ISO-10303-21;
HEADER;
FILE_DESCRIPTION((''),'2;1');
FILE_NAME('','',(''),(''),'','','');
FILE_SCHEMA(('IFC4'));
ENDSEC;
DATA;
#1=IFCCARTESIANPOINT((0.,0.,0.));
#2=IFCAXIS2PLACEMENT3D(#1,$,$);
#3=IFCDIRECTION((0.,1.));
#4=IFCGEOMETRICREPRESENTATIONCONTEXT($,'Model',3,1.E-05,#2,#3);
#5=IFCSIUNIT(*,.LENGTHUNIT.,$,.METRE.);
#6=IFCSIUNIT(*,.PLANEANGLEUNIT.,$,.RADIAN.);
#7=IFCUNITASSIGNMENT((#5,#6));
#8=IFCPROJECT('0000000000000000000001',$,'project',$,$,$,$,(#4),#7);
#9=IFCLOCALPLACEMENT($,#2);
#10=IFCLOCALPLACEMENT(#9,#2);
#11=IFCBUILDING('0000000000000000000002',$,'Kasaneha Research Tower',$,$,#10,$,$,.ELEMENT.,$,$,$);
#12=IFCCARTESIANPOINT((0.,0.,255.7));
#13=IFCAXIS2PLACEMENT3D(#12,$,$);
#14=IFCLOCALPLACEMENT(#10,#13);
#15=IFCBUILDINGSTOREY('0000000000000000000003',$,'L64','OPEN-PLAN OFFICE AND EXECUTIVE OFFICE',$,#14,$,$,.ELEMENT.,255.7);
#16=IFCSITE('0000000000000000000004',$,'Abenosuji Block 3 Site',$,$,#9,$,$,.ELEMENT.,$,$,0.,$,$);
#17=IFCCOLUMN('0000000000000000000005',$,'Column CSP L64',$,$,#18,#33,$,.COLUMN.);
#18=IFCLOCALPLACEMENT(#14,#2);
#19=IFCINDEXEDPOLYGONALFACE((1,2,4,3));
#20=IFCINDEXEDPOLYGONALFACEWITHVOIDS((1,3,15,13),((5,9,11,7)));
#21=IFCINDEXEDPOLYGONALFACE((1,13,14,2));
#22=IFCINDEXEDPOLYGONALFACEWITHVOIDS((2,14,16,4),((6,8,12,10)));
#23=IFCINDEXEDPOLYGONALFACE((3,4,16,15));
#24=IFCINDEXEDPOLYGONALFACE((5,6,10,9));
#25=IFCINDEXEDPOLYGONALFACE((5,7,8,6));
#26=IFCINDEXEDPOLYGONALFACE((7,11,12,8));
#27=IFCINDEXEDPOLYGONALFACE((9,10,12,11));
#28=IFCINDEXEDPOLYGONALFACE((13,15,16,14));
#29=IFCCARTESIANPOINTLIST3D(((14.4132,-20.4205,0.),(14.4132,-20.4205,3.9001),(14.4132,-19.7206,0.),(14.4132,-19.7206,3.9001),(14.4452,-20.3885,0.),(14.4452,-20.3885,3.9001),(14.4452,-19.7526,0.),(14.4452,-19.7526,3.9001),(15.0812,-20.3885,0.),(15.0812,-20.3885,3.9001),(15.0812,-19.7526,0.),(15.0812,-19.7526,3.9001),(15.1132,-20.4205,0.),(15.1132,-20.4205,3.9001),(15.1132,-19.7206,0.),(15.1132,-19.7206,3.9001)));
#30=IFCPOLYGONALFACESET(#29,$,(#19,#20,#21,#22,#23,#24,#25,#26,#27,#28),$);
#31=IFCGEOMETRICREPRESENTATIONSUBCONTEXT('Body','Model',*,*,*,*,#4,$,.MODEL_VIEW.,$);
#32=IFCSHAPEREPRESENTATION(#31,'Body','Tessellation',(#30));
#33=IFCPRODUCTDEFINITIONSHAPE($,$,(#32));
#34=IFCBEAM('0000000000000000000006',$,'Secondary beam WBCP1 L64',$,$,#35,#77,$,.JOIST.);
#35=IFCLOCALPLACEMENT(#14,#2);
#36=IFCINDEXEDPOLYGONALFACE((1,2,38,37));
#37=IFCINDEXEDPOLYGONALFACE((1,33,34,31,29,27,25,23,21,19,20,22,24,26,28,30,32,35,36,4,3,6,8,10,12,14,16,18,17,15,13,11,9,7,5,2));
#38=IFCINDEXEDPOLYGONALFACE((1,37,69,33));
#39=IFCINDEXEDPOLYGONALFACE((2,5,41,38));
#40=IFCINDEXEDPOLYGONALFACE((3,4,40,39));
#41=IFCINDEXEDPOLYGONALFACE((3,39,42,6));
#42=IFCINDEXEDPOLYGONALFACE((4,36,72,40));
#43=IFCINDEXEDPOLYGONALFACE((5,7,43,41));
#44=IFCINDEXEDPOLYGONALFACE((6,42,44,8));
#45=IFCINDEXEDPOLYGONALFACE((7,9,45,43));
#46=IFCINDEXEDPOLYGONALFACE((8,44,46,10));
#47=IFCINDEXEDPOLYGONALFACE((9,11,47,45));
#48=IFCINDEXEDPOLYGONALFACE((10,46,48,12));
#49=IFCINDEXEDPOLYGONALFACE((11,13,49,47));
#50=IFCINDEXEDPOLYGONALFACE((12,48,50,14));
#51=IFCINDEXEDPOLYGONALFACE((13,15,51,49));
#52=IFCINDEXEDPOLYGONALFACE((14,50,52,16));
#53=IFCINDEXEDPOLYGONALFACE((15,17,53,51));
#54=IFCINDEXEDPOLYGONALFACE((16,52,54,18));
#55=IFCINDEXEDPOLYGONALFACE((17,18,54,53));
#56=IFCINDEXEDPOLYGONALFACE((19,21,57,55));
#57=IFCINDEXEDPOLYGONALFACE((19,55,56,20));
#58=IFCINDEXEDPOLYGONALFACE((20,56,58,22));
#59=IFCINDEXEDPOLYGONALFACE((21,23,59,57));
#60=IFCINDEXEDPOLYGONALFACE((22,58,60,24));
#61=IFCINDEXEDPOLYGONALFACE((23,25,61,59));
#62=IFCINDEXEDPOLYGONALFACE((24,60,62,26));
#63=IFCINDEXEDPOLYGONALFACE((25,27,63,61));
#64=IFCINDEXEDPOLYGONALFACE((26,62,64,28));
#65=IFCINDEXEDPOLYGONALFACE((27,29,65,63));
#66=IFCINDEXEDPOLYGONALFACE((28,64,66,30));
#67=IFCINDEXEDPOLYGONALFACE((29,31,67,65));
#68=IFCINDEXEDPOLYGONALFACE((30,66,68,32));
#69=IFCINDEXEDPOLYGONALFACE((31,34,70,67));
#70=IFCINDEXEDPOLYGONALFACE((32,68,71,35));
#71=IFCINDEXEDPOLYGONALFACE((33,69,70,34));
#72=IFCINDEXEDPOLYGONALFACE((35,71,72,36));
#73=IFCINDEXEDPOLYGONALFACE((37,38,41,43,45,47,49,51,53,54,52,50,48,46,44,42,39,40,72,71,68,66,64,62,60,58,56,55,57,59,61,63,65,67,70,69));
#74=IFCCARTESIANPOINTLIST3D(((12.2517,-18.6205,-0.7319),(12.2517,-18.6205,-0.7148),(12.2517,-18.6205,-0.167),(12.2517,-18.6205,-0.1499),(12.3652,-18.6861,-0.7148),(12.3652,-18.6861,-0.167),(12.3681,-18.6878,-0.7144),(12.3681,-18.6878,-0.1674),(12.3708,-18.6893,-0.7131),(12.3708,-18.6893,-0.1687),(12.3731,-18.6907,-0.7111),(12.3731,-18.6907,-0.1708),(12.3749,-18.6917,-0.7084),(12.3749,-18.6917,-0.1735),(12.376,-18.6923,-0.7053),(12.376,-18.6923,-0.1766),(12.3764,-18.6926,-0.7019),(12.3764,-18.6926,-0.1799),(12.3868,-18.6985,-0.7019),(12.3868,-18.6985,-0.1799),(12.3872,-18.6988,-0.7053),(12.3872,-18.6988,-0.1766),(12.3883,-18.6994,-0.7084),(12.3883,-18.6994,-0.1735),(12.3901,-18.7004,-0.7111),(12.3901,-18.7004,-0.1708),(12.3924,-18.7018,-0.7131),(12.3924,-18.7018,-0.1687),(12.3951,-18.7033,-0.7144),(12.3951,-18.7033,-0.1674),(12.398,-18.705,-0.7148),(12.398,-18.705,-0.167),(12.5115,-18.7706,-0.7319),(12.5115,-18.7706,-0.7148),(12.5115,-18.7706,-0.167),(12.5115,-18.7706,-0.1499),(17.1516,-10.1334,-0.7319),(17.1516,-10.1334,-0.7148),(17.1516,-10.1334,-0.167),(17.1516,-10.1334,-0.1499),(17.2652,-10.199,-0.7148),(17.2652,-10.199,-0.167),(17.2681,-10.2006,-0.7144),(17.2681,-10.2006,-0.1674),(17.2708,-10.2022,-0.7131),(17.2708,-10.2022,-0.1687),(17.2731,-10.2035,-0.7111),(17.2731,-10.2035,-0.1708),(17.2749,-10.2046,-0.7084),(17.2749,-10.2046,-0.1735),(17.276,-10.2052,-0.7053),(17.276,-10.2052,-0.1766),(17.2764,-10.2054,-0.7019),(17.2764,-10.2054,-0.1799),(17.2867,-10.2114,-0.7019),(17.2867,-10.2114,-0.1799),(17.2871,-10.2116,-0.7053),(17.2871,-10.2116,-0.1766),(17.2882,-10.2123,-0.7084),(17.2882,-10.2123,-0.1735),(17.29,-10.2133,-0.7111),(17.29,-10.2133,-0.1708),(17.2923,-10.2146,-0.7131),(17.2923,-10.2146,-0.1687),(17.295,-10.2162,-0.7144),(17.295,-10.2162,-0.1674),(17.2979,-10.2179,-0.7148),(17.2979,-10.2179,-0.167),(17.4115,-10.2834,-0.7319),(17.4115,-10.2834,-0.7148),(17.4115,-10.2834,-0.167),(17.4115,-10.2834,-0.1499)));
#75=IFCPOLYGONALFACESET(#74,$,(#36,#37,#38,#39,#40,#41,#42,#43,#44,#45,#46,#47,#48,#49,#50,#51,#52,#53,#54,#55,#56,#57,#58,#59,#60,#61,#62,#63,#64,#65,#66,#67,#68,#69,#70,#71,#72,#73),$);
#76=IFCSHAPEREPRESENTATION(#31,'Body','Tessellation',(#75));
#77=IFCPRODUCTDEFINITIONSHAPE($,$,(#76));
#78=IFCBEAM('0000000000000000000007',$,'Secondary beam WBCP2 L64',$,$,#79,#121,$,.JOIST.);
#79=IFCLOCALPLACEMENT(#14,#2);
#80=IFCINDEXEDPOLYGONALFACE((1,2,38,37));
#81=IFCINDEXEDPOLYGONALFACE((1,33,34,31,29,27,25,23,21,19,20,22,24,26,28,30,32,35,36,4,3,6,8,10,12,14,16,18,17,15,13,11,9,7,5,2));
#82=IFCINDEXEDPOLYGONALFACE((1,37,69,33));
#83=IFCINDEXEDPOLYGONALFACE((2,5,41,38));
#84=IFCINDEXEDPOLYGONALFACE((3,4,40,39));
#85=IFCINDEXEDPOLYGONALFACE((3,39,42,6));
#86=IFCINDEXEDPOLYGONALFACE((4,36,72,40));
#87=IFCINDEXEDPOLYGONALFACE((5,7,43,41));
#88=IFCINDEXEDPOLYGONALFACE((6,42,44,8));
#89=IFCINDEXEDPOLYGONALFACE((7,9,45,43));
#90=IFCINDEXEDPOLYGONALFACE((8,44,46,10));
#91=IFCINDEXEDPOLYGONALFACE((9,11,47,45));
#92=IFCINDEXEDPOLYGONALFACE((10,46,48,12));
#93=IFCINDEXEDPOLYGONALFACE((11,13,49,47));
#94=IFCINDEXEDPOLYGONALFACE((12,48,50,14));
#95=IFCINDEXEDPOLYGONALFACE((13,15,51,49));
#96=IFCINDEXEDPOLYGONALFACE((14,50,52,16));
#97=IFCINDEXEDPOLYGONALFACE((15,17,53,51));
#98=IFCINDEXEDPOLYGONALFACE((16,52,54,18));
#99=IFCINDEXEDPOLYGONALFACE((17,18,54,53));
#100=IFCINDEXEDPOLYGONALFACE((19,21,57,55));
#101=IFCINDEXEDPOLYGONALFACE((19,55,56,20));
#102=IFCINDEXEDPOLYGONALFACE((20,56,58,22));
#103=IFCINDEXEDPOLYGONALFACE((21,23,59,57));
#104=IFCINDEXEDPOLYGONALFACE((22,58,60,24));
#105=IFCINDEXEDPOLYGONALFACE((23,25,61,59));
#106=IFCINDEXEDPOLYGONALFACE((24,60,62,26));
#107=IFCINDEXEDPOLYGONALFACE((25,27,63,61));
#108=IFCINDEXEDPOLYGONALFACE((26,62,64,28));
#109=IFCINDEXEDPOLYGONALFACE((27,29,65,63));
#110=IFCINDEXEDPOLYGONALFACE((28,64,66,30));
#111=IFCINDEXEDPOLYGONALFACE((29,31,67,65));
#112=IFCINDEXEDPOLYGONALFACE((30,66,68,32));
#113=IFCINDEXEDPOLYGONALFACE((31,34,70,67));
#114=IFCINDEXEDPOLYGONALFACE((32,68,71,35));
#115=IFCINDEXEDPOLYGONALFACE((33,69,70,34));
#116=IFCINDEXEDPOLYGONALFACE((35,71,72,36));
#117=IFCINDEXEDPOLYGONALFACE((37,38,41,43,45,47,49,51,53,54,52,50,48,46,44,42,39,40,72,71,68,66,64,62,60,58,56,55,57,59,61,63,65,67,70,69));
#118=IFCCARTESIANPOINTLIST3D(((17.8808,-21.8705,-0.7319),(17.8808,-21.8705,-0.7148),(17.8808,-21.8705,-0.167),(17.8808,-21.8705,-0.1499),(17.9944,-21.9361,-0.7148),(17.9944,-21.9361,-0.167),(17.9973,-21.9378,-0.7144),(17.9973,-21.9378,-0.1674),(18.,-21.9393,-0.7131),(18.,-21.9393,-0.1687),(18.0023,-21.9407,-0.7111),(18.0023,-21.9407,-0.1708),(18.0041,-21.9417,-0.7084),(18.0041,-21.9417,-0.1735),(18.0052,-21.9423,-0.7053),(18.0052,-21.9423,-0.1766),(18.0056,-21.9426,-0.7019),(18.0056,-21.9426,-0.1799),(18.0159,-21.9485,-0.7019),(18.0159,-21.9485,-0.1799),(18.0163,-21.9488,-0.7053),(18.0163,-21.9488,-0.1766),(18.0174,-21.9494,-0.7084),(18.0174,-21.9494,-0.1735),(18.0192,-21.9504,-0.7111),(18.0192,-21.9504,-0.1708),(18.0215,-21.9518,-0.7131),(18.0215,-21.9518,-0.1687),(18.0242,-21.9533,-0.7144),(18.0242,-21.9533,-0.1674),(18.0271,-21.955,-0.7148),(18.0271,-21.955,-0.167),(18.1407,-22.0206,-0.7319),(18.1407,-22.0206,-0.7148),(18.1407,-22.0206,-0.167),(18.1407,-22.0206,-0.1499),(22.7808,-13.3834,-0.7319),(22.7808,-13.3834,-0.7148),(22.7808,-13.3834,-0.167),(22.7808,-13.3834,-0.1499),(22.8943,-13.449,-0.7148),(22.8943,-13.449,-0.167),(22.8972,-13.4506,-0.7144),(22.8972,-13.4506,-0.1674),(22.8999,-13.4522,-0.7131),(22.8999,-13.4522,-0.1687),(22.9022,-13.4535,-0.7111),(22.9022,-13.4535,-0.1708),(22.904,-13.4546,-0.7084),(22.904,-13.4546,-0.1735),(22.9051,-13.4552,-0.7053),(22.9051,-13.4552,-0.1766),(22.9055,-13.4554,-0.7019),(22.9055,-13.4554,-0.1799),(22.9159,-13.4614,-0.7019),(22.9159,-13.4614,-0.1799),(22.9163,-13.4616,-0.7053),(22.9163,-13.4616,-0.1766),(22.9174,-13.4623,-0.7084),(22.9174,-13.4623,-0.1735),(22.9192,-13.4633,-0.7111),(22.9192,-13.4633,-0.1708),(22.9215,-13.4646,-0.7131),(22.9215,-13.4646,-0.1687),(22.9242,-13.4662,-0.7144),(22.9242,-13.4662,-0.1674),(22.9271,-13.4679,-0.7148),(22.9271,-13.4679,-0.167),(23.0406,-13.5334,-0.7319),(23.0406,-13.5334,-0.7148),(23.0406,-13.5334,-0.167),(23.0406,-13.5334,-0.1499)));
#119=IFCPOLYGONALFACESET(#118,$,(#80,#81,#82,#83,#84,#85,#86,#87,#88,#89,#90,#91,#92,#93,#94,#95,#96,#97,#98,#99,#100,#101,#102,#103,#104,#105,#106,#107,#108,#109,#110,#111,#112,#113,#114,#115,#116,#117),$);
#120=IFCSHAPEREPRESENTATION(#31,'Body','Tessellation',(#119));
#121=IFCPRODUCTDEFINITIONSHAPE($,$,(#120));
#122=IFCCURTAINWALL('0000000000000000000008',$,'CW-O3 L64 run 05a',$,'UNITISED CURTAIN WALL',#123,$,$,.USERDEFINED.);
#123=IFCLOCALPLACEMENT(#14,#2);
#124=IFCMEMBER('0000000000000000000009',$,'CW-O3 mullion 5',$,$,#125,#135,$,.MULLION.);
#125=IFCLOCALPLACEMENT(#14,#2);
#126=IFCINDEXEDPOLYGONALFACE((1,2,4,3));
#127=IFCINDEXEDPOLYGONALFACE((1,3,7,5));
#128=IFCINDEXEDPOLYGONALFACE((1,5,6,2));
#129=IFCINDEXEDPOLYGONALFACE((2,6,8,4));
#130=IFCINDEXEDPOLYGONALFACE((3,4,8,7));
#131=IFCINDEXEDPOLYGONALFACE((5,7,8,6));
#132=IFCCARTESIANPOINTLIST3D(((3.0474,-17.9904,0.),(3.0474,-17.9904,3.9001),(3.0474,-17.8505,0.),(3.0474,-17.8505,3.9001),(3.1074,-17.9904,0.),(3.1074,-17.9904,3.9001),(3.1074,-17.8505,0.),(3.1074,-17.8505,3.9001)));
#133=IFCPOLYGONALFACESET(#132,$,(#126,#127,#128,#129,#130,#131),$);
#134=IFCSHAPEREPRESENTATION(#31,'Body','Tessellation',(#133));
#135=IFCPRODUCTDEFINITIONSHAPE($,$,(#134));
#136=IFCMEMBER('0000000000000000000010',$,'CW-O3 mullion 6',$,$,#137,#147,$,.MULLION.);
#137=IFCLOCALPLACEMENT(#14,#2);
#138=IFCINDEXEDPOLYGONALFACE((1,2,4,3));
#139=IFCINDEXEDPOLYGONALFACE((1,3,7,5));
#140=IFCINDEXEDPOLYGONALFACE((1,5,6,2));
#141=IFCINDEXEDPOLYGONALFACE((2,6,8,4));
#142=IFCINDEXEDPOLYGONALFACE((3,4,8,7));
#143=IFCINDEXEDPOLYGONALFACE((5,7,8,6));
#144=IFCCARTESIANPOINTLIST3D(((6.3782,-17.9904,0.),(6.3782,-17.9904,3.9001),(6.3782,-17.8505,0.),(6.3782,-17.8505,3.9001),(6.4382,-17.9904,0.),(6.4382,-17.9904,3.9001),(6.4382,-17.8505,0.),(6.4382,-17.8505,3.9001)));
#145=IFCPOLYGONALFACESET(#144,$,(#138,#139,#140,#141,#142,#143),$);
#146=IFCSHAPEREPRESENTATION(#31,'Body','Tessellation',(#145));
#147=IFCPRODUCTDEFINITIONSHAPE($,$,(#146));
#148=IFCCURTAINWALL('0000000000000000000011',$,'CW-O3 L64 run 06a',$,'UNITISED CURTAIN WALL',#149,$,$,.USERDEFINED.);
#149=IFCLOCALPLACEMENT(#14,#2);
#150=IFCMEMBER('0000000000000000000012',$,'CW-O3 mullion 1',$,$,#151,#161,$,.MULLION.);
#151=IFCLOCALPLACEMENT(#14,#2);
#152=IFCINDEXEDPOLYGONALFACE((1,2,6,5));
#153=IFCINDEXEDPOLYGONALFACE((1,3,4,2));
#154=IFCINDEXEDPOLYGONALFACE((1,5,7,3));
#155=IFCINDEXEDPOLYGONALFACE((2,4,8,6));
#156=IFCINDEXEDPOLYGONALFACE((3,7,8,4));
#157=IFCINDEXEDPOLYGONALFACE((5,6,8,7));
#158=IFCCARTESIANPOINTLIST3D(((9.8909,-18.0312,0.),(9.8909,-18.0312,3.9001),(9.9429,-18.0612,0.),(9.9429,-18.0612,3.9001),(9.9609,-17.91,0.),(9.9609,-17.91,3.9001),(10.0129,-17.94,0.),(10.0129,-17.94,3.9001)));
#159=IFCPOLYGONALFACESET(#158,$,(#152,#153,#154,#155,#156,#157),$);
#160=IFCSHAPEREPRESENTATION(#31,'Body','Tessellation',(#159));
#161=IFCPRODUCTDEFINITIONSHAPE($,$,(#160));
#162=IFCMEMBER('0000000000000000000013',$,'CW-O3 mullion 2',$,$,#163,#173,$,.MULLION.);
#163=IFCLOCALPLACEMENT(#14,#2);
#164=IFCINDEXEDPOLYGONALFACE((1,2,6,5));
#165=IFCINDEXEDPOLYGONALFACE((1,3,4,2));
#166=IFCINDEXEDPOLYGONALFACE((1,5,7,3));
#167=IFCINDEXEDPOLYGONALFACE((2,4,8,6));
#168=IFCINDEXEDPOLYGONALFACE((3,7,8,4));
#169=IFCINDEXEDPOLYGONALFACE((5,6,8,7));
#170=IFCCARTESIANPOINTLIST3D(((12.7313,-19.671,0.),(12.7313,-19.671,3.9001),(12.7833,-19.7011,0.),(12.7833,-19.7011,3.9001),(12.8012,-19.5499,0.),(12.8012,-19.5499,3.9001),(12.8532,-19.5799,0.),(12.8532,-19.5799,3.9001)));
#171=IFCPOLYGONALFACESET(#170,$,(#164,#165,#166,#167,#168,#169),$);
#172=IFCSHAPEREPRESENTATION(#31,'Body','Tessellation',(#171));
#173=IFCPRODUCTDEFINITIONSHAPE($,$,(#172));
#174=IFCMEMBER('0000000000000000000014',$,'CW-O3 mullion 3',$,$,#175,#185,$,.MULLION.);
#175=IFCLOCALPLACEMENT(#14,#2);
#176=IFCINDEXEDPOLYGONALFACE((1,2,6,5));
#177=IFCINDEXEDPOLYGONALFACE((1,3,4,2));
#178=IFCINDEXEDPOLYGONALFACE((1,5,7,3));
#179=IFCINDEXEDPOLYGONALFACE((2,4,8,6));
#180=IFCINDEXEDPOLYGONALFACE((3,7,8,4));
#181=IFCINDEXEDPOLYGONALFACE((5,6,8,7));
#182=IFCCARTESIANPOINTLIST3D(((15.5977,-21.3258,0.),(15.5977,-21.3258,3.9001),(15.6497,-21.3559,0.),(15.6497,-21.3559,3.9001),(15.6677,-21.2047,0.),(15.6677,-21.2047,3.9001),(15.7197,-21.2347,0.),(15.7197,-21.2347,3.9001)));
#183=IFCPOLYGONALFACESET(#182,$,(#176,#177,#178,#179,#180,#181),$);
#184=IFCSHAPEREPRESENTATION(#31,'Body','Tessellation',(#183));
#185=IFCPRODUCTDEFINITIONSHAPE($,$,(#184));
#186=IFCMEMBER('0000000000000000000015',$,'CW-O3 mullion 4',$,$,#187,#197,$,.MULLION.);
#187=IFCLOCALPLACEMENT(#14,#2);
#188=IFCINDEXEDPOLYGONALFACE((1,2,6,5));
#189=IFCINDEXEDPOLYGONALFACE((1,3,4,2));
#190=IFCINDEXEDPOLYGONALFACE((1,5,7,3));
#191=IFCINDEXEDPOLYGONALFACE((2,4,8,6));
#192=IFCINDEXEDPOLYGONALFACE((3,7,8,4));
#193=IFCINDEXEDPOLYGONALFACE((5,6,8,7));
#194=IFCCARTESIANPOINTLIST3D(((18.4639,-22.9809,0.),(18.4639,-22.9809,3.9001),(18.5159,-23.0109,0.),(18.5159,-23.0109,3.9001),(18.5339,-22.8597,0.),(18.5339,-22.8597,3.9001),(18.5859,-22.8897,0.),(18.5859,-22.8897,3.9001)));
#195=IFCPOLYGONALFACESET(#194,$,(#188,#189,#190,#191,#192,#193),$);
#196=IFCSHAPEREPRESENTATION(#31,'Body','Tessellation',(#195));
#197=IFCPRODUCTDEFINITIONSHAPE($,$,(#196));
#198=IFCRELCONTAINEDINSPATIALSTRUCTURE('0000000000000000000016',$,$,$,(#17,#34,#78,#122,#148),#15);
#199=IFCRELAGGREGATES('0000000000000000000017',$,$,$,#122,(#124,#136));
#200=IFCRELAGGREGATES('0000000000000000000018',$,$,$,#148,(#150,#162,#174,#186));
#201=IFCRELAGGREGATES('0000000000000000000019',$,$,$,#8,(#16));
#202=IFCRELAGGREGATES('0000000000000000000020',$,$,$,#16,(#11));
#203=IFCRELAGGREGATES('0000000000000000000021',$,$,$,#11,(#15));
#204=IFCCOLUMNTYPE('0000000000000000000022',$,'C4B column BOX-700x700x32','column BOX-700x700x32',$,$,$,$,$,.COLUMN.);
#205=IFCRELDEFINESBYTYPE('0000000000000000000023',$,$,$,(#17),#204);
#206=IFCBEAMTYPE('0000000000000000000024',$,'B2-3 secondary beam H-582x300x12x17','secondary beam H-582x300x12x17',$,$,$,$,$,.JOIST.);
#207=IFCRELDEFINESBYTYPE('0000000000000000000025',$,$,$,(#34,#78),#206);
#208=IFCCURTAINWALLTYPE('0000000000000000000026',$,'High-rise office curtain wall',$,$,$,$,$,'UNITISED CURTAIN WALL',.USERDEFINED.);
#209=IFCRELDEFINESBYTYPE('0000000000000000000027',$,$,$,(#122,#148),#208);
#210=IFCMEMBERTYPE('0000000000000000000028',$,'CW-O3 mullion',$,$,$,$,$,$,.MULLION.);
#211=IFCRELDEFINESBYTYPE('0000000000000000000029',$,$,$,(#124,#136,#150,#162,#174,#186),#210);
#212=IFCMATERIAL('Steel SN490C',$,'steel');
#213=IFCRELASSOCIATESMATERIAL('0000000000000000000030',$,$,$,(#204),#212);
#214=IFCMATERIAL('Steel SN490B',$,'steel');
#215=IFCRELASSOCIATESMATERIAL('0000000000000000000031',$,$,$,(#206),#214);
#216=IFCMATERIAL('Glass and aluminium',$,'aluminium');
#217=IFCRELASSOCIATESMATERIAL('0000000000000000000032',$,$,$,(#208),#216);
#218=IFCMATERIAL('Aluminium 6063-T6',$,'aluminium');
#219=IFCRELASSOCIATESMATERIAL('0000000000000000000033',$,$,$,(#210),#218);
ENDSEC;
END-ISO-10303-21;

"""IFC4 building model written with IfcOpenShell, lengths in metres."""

from ifc_helpers import new_model, si_unit, direction, frame, origin, origin_2d, place, context, subcontext, project, spatial, rectangle, hollow_rectangle, i_section, extrude, material, material_profile, profile_set, type_object, element, aggregate, save


model = new_model("IFC4")

# Units and contexts
model_context = context("Model", 3, precision=1e-05, world=origin(), true_north=direction((0.0, 1.0)))
body_context = subcontext(model_context, "Body", "Model", "MODEL_VIEW")
ifc_project = project(units=[si_unit("LENGTHUNIT", "METRE"), si_unit("PLANEANGLEUNIT", "RADIAN")], contexts=[model_context])

# Site, building, storey
site_placement = place(None, origin())
site = spatial("IfcSite", under=ifc_project, at=site_placement, Name="Abenosuji Block 3 Site", CompositionType="ELEMENT", RefElevation=0.0)
building_placement = place(site_placement, origin())
building = spatial("IfcBuilding", under=site, at=building_placement, Name="Kasaneha Research Tower", CompositionType="ELEMENT")
storey_placement = place(building_placement, frame((0.0, 0.0, 255.7)))
storey = spatial("IfcBuildingStorey", under=building, at=storey_placement, Name="L64", Description="OPEN-PLAN OFFICE AND EXECUTIVE OFFICE", CompositionType="ELEMENT", Elevation=255.7)

# Column
ifc_material_1 = material(Name="Steel SN490C", Category="steel")
ifc_material_profile_1 = material_profile(ifc_material_1, hollow_rectangle(XDim=0.7, YDim=0.7, WallThickness=0.032, at=origin_2d()), Name="BOX-700x700x32")
ifc_profile_set_1 = profile_set([ifc_material_profile_1], Name="Steel SN490C")
column_type = type_object("IfcColumnType", Name="C4B column BOX-700x700x32", Description="column BOX-700x700x32", PredefinedType="COLUMN", material=ifc_profile_set_1)
column_placement = place(storey_placement, frame((14.7632, -20.0706, 0.0), z_axis=(0.0, 0.0, 1.0), x_axis=(1.0, 0.0, 0.0)))
element("IfcColumn", 1, at=column_placement, inside=storey, type_object=column_type, Name="Column CSP L64", PredefinedType="COLUMN", context=body_context, shape_type="SweptSolid", body=[
    extrude(hollow_rectangle(XDim=0.7, YDim=0.7, WallThickness=0.032, at=origin_2d()), origin(), (0.0, 0.0, 1.0), 3.9001),
])

# Beams
ifc_material_2 = material(Name="Steel SN490B", Category="steel")
ifc_material_profile_2 = material_profile(ifc_material_2, i_section(OverallWidth=0.3, OverallDepth=0.582, WebThickness=0.012, FlangeThickness=0.0171, FilletRadius=0.0129, at=origin_2d()), Name="H-582x300x12x17")
ifc_profile_set_2 = profile_set([ifc_material_profile_2], Name="Steel SN490B")
beam_type_1 = type_object("IfcBeamType", Name="B2-3 secondary beam H-582x300x12x17", Description="secondary beam H-582x300x12x17", PredefinedType="JOIST", material=ifc_profile_set_2)
for number, where, z_axis, x_axis, name in (
    (2, (12.3816, -18.6956, -0.4409), (0.499992, 0.86603, 0.0), (-0.86603, 0.499992, 0.0), "Secondary beam WBCP1 L64"),
    (3, (18.0107, -21.9456, -0.4409), (0.499992, 0.86603, 0.0), (-0.86603, 0.499992, 0.0), "Secondary beam WBCP2 L64"),
):
    element("IfcBeam", number, at=place(storey_placement, frame(where, z_axis=z_axis, x_axis=x_axis)), inside=storey, type_object=beam_type_1, Name=name, PredefinedType="JOIST", context=body_context, shape_type="SweptSolid", body=[
        extrude(i_section(OverallWidth=0.3, OverallDepth=0.582, WebThickness=0.012, FlangeThickness=0.0171, FilletRadius=0.0129, at=origin_2d()), origin(), (0.0, 0.0, 1.0), 9.8),
    ])

# Curtain walls, members
ifc_material_3 = material(Name="Glass and aluminium", Category="aluminium")
curtain_wall_type = type_object("IfcCurtainWallType", Name="High-rise office curtain wall", ElementType="UNITISED CURTAIN WALL", PredefinedType="USERDEFINED", material=ifc_material_3)
curtain_wall_1_placement = place(storey_placement, origin())
curtain_wall_1 = element("IfcCurtainWall", 4, at=curtain_wall_1_placement, inside=storey, type_object=curtain_wall_type, Name="CW-O3 L64 run 05a", ObjectType="UNITISED CURTAIN WALL", PredefinedType="USERDEFINED")
ifc_material_4 = material(Name="Aluminium 6063-T6", Category="aluminium")
ifc_material_profile_3 = material_profile(ifc_material_4, rectangle(XDim=0.0601, YDim=0.1399, at=origin_2d()), Name="CW-O3 mullion 60x140")
ifc_profile_set_3 = profile_set([ifc_material_profile_3], Name="Aluminium 6063-T6")
member_type_1 = type_object("IfcMemberType", Name="CW-O3 mullion", PredefinedType="MULLION", material=ifc_profile_set_3)
member_1_placement = place(storey_placement, frame((3.0774, -17.9204, 0.0), z_axis=(0.0, 0.0, 1.0), x_axis=(1.0, 0.0, 0.0)))
member_1 = element("IfcMember", 5, at=member_1_placement, type_object=member_type_1, Name="CW-O3 mullion 5", PredefinedType="MULLION", context=body_context, shape_type="SweptSolid", body=[
    extrude(rectangle(XDim=0.0601, YDim=0.1399, at=origin_2d()), origin(), (0.0, 0.0, 1.0), 3.9001),
])
member_2_placement = place(storey_placement, frame((6.4082, -17.9204, 0.0), z_axis=(0.0, 0.0, 1.0), x_axis=(1.0, 0.0, 0.0)))
member_2 = element("IfcMember", 6, at=member_2_placement, type_object=member_type_1, Name="CW-O3 mullion 6", PredefinedType="MULLION", context=body_context, shape_type="SweptSolid", body=[
    extrude(rectangle(XDim=0.0601, YDim=0.1399, at=origin_2d()), origin(), (0.0, 0.0, 1.0), 3.9001),
])
curtain_wall_2_placement = place(storey_placement, origin())
curtain_wall_2 = element("IfcCurtainWall", 7, at=curtain_wall_2_placement, inside=storey, type_object=curtain_wall_type, Name="CW-O3 L64 run 06a", ObjectType="UNITISED CURTAIN WALL", PredefinedType="USERDEFINED")
member_3_placement = place(storey_placement, frame((9.9519, -17.9856, 0.0), z_axis=(0.0, 0.0, 1.0), x_axis=(0.866025, -0.5, 0.0)))
member_3 = element("IfcMember", 8, at=member_3_placement, type_object=member_type_1, Name="CW-O3 mullion 1", PredefinedType="MULLION", context=body_context, shape_type="SweptSolid", body=[
    extrude(rectangle(XDim=0.0601, YDim=0.1399, at=origin_2d()), origin(), (0.0, 0.0, 1.0), 3.9001),
])
member_4_placement = place(storey_placement, frame((12.7922, -19.6255, 0.0), z_axis=(0.0, 0.0, 1.0), x_axis=(0.866025, -0.5, 0.0)))
member_4 = element("IfcMember", 9, at=member_4_placement, type_object=member_type_1, Name="CW-O3 mullion 2", PredefinedType="MULLION", context=body_context, shape_type="SweptSolid", body=[
    extrude(rectangle(XDim=0.0601, YDim=0.1399, at=origin_2d()), origin(), (0.0, 0.0, 1.0), 3.9001),
])
member_5_placement = place(storey_placement, frame((15.6587, -21.2803, 0.0), z_axis=(0.0, 0.0, 1.0), x_axis=(0.866025, -0.5, 0.0)))
member_5 = element("IfcMember", 10, at=member_5_placement, type_object=member_type_1, Name="CW-O3 mullion 3", PredefinedType="MULLION", context=body_context, shape_type="SweptSolid", body=[
    extrude(rectangle(XDim=0.0601, YDim=0.1399, at=origin_2d()), origin(), (0.0, 0.0, 1.0), 3.9001),
])
member_6_placement = place(storey_placement, frame((18.5249, -22.9353, 0.0), z_axis=(0.0, 0.0, 1.0), x_axis=(0.866025, -0.5, 0.0)))
member_6 = element("IfcMember", 11, at=member_6_placement, type_object=member_type_1, Name="CW-O3 mullion 4", PredefinedType="MULLION", context=body_context, shape_type="SweptSolid", body=[
    extrude(rectangle(XDim=0.0601, YDim=0.1399, at=origin_2d()), origin(), (0.0, 0.0, 1.0), 3.9001),
])

aggregate(curtain_wall_1, [member_1, member_2])
aggregate(curtain_wall_2, [member_3, member_4, member_5, member_6])

save(model, "model.ifc")
